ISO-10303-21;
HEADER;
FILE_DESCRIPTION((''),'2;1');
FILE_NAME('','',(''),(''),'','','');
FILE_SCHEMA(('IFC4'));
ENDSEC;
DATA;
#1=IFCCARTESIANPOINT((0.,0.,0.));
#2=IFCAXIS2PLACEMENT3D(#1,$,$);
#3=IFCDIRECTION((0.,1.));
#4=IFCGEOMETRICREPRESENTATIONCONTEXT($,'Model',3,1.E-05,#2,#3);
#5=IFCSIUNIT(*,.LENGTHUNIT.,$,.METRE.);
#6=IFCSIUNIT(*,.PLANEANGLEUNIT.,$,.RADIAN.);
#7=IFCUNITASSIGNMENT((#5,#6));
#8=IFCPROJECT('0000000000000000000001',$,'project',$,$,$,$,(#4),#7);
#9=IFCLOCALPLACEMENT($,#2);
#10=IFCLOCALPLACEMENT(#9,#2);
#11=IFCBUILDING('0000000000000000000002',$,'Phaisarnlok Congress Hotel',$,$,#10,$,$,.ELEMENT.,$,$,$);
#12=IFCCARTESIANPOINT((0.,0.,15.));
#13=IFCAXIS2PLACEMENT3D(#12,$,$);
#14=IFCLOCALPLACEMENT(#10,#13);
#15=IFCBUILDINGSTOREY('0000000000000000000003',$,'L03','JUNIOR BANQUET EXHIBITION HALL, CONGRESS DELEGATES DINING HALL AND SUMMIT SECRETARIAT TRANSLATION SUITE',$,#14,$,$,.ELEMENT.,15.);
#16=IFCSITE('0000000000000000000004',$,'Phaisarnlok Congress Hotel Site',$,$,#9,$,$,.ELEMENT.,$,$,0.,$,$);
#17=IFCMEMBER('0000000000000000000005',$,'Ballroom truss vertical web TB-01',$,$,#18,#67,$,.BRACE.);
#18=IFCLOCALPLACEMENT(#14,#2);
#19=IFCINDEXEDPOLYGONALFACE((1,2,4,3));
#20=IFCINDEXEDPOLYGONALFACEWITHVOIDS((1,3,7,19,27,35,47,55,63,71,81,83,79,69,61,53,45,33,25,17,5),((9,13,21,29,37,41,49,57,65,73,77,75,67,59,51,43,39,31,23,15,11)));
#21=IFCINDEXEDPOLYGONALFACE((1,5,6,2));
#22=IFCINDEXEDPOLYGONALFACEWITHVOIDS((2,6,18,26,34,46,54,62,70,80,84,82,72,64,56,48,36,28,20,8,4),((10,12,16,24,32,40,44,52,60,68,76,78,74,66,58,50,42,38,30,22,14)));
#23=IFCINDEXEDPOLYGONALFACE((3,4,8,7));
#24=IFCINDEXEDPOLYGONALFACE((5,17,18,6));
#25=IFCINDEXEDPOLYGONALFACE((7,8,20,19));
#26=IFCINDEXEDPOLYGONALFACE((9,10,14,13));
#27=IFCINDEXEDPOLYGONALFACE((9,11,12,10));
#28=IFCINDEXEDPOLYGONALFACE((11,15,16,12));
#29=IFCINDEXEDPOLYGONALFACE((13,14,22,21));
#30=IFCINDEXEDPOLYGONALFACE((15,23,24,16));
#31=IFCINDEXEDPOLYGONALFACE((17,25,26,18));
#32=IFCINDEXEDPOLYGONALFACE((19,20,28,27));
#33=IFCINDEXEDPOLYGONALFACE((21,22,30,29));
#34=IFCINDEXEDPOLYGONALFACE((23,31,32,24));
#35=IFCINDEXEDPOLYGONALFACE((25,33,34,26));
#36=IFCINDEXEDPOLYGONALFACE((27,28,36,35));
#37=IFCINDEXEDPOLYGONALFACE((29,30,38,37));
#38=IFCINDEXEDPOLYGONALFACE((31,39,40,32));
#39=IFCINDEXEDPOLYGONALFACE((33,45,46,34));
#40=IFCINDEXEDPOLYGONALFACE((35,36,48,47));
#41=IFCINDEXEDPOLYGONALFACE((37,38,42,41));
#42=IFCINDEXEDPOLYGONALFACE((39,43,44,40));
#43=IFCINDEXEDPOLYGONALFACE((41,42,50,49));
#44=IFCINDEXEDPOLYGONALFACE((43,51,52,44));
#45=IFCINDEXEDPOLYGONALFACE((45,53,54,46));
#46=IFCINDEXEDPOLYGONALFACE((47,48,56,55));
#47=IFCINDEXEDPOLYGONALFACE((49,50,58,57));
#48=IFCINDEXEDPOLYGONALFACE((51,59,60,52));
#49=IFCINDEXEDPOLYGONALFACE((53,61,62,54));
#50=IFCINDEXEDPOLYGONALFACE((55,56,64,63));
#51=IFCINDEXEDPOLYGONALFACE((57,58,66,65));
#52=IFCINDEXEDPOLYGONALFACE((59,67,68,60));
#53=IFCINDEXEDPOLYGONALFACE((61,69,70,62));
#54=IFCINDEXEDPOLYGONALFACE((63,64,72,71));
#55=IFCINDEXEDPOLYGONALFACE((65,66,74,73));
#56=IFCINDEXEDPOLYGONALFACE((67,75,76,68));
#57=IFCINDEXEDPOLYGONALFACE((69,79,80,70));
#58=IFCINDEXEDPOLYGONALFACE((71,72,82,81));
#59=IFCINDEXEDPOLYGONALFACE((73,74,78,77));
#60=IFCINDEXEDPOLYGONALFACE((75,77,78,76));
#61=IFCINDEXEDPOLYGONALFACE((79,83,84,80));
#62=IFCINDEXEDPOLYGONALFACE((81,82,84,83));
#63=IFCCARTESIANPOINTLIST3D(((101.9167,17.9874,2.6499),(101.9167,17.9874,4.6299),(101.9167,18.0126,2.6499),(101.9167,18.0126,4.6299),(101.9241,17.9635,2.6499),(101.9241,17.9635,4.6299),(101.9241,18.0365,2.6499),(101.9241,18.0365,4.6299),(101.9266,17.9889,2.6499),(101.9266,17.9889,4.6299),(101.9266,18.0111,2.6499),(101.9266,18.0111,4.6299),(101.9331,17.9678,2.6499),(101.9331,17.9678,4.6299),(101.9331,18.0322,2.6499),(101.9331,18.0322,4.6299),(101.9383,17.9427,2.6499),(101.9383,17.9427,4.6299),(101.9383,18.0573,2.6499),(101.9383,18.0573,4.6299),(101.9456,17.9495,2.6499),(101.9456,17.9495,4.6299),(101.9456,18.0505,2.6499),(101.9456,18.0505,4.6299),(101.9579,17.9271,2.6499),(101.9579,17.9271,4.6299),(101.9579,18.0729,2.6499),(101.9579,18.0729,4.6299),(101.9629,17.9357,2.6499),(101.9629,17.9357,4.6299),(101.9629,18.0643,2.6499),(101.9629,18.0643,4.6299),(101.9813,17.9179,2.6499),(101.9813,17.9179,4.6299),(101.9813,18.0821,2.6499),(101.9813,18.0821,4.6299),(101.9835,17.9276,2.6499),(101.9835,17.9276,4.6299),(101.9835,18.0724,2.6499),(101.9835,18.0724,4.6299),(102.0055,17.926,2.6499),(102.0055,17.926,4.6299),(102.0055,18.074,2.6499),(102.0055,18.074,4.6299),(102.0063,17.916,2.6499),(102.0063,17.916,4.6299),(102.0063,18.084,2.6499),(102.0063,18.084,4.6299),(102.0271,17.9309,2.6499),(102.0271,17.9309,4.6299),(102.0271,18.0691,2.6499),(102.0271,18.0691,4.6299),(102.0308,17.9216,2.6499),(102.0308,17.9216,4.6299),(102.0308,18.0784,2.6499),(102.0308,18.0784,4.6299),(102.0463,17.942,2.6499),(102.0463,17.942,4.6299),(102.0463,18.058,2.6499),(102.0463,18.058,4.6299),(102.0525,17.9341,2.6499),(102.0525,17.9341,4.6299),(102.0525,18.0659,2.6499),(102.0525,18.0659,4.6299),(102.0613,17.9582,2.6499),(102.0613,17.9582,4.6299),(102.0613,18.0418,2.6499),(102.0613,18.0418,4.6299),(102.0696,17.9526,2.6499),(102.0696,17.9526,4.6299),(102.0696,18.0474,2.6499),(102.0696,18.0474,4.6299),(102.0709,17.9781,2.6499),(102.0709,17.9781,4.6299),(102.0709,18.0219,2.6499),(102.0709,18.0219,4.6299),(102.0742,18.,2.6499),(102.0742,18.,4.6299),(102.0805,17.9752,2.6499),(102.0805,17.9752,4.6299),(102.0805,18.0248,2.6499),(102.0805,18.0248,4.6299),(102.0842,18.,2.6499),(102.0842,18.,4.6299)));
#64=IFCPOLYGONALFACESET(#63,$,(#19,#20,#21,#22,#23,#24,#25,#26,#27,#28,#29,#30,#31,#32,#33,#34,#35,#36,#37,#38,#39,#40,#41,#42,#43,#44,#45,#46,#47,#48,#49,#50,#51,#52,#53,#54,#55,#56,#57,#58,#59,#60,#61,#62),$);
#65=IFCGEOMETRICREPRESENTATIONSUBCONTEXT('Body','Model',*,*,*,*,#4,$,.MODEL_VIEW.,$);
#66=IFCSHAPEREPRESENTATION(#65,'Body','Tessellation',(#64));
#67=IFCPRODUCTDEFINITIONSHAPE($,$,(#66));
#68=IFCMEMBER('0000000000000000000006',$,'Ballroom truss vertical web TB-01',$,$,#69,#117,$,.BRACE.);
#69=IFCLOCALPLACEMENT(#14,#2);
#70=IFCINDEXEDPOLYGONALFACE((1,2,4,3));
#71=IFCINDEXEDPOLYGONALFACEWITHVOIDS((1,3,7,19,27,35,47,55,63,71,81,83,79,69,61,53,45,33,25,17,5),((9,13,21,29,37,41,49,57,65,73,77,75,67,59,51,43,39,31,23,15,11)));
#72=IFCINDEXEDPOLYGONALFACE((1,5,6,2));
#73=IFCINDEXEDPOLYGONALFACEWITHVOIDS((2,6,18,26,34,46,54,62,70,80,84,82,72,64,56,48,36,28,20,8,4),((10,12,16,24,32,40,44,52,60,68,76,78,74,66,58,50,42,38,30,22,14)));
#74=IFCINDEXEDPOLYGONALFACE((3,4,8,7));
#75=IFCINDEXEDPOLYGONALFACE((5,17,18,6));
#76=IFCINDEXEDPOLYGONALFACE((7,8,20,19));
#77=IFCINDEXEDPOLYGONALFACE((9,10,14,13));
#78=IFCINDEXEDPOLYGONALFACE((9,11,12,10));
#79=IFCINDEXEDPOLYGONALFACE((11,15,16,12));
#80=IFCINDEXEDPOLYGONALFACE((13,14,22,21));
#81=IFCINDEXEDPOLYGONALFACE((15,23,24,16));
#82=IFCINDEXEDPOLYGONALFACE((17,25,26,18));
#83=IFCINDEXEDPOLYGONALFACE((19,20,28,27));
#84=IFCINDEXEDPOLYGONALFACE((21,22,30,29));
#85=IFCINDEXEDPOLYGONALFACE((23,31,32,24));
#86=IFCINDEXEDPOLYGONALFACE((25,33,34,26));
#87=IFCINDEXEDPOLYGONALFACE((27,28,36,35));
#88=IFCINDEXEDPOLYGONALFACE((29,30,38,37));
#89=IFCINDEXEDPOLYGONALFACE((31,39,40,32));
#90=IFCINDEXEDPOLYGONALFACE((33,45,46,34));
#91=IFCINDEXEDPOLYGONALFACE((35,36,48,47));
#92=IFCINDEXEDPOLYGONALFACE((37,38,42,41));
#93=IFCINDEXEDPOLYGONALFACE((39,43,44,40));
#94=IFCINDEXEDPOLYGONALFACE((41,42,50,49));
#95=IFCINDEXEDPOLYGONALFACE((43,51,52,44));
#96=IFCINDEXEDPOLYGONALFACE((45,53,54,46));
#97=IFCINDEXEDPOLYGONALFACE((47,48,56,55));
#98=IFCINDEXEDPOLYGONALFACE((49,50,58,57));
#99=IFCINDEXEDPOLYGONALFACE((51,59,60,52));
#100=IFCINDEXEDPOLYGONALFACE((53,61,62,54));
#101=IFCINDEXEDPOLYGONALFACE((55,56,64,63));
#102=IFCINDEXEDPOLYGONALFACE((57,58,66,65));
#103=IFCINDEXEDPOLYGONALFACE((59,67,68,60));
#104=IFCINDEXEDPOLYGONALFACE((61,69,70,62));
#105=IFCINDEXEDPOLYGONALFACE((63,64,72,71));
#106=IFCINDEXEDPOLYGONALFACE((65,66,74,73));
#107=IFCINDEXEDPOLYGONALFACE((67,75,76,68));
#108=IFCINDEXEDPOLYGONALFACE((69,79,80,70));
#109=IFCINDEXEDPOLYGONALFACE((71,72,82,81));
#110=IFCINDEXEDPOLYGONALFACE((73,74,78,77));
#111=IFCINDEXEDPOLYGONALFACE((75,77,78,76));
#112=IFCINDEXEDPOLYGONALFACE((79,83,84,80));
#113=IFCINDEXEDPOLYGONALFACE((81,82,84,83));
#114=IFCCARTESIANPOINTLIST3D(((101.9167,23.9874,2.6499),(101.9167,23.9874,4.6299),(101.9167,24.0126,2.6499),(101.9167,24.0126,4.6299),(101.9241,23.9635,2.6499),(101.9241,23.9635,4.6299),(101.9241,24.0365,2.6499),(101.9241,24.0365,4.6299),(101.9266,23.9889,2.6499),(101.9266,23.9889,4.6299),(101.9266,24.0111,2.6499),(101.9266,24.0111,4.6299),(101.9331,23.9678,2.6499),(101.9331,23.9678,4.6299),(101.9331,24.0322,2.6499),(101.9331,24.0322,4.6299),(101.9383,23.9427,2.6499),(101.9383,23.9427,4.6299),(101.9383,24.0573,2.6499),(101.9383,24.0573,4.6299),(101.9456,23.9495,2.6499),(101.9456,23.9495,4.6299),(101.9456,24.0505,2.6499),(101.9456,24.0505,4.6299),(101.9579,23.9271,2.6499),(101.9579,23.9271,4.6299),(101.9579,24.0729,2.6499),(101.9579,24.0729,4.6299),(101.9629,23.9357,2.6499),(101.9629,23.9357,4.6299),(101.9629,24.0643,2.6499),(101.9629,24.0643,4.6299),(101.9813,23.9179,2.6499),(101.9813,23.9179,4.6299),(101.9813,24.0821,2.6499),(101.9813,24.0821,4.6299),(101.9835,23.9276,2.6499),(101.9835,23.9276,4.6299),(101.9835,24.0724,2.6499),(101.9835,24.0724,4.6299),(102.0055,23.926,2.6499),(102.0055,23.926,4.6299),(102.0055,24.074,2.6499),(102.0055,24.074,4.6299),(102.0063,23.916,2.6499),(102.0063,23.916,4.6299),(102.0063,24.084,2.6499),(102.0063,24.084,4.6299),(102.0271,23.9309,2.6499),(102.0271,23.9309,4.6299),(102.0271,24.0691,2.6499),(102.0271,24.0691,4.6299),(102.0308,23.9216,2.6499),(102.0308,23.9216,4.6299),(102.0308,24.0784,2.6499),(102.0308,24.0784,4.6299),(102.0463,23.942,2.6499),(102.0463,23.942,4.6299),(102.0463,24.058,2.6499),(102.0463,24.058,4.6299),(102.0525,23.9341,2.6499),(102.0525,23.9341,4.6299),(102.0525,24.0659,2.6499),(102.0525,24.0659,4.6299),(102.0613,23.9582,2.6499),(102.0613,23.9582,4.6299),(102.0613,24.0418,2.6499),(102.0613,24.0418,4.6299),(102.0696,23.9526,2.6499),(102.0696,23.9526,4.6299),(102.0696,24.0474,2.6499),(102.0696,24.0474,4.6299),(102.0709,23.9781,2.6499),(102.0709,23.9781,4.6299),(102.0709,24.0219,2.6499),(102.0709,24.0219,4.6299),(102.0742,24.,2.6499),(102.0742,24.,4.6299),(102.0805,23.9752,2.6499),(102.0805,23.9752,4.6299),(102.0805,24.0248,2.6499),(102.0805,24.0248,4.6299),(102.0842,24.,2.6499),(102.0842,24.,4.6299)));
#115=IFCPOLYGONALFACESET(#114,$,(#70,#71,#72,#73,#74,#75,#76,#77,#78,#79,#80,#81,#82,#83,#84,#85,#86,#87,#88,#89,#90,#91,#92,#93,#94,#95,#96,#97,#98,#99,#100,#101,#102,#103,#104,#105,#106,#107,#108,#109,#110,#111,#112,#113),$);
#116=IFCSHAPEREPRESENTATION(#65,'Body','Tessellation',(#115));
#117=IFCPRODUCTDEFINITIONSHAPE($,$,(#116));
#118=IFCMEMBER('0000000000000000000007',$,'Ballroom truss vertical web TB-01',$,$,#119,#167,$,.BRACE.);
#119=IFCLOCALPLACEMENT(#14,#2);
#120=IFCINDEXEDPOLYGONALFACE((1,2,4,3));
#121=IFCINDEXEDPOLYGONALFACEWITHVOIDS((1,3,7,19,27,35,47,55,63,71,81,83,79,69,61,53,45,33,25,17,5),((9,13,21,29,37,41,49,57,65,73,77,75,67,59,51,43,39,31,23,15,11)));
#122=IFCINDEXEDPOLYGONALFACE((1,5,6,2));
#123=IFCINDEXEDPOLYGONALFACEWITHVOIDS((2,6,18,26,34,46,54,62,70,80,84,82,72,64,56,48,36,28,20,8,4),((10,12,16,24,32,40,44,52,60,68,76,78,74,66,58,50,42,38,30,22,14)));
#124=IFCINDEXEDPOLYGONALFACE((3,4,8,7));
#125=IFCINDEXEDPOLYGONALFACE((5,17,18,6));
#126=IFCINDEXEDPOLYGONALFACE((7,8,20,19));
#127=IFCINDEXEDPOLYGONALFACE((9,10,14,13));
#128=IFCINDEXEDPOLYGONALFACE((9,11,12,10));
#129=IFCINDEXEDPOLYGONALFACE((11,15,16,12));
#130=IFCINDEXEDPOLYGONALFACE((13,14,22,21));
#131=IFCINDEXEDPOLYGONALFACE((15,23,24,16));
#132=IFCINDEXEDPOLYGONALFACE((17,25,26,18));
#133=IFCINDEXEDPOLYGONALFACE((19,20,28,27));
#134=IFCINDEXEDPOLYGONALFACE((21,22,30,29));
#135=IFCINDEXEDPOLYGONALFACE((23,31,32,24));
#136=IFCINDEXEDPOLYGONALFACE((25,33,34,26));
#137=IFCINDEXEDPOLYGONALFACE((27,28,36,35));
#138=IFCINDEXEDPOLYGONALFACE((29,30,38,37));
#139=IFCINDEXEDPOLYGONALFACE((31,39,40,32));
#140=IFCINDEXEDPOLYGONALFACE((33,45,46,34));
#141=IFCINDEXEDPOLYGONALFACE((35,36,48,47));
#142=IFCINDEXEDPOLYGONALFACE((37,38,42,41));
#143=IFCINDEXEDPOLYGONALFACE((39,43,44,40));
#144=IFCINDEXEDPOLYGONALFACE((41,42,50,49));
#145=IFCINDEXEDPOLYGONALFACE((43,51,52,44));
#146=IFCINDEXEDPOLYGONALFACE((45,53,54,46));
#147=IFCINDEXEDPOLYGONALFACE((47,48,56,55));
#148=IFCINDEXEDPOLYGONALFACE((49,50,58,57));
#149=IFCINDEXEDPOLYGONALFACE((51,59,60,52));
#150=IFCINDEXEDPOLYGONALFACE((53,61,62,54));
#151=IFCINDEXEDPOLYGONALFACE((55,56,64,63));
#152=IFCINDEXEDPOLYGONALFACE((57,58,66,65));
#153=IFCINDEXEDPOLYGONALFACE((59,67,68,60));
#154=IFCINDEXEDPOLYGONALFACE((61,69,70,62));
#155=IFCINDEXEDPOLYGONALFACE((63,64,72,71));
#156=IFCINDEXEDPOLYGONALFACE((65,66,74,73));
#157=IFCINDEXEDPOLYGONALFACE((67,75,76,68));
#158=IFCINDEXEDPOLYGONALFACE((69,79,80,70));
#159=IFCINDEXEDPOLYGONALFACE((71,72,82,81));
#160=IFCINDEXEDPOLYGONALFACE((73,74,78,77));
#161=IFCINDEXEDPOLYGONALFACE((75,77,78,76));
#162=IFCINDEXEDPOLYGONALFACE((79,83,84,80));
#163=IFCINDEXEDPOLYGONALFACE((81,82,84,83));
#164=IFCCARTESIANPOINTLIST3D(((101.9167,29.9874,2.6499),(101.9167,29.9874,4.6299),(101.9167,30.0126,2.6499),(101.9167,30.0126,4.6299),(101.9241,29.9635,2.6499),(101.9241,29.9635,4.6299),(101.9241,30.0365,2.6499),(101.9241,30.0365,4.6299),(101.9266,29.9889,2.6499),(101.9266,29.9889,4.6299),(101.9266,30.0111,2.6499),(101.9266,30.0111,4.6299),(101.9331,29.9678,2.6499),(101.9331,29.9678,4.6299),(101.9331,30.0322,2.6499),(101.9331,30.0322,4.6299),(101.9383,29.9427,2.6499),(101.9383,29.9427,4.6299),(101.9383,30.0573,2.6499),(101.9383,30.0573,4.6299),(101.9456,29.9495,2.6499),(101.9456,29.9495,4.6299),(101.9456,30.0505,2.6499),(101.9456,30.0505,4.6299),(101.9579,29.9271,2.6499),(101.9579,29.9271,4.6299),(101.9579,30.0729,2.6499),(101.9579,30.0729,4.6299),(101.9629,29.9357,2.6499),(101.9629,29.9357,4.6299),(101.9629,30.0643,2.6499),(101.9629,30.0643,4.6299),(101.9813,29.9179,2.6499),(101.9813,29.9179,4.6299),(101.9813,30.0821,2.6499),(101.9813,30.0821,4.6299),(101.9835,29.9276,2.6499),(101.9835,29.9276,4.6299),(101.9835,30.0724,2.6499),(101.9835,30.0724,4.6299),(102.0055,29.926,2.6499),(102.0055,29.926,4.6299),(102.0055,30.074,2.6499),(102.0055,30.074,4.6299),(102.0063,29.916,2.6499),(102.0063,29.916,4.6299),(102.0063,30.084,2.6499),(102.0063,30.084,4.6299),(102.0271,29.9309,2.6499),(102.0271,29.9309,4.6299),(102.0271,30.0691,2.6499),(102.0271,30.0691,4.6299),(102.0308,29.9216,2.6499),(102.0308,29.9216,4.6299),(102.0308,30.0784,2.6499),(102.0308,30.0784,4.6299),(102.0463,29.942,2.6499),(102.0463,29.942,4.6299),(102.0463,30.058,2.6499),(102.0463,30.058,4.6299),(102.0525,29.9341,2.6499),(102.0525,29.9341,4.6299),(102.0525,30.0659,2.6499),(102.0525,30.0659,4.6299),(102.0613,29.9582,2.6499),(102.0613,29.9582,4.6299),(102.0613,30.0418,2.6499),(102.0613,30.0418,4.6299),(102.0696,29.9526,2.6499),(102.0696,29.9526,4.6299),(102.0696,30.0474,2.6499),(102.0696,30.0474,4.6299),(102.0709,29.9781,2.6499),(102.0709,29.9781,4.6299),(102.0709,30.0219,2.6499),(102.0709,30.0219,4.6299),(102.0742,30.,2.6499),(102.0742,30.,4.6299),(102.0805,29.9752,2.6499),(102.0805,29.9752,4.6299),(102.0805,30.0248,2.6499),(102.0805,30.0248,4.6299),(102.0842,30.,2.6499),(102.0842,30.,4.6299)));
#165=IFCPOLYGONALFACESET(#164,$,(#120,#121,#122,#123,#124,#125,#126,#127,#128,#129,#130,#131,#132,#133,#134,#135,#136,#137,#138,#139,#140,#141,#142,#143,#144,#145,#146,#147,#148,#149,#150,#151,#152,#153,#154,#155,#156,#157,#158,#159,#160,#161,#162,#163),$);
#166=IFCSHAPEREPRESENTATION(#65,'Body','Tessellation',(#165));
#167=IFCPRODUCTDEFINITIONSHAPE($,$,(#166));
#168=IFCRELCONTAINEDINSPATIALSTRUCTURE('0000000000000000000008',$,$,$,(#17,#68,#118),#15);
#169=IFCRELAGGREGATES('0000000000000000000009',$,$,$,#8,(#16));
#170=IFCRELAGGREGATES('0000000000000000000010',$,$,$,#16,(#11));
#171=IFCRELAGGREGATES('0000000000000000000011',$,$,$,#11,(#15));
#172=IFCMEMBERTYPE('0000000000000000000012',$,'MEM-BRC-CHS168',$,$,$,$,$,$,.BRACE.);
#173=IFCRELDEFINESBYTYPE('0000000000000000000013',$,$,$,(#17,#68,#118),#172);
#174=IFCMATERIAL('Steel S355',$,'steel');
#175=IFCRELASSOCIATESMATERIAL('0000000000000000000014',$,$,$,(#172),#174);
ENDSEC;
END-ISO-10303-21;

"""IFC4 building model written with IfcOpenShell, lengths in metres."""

from ifc_helpers import new_model, si_unit, direction, frame, origin, origin_2d, place, context, subcontext, project, spatial, hollow_circle, extrude, material, material_profile, profile_set, type_object, element, save


model = new_model("IFC4")

# Units and contexts
model_context = context("Model", 3, precision=1e-05, world=origin(), true_north=direction((0.0, 1.0)))
body_context = subcontext(model_context, "Body", "Model", "MODEL_VIEW")
ifc_project = project(units=[si_unit("LENGTHUNIT", "METRE"), si_unit("PLANEANGLEUNIT", "RADIAN")], contexts=[model_context])

# Site, building, storey
site_placement = place(None, origin())
site = spatial("IfcSite", under=ifc_project, at=site_placement, Name="Phaisarnlok Congress Hotel Site", CompositionType="ELEMENT", RefElevation=0.0)
building_placement = place(site_placement, origin())
building = spatial("IfcBuilding", under=site, at=building_placement, Name="Phaisarnlok Congress Hotel", CompositionType="ELEMENT")
storey_placement = place(building_placement, frame((0.0, 0.0, 15.0)))
storey = spatial("IfcBuildingStorey", under=building, at=storey_placement, Name="L03", Description="JUNIOR BANQUET EXHIBITION HALL, CONGRESS DELEGATES DINING HALL AND SUMMIT SECRETARIAT TRANSLATION SUITE", CompositionType="ELEMENT", Elevation=15.0)

# Members
ifc_material_1 = material(Name="Steel S355", Category="steel")
ifc_material_profile_1 = material_profile(ifc_material_1, hollow_circle(Radius=0.0842, WallThickness=0.01, at=origin_2d()), Name="CHS 168.3x10")
ifc_profile_set_1 = profile_set([ifc_material_profile_1], Name="Steel S355")
member_type_1 = type_object("IfcMemberType", Name="MEM-BRC-CHS168", PredefinedType="BRACE", material=ifc_profile_set_1)
for number, where, z_axis, x_axis, name in (
    (1, (102.0, 18.0, 2.6499), (0.0, 0.0, 1.0), (1.0, 0.0, 0.0), "Ballroom truss vertical web TB-01"),
    (2, (102.0, 24.0, 2.6499), (0.0, 0.0, 1.0), (1.0, 0.0, 0.0), "Ballroom truss vertical web TB-01"),
    (3, (102.0, 30.0, 2.6499), (0.0, 0.0, 1.0), (1.0, 0.0, 0.0), "Ballroom truss vertical web TB-01"),
):
    element("IfcMember", number, at=place(storey_placement, frame(where, z_axis=z_axis, x_axis=x_axis)), inside=storey, type_object=member_type_1, Name=name, PredefinedType="BRACE", context=body_context, shape_type="SweptSolid", body=[
        extrude(hollow_circle(Radius=0.0842, WallThickness=0.01, at=origin_2d()), origin(), (0.0, 0.0, 1.0), 1.98),
    ])

save(model, "model.ifc")
